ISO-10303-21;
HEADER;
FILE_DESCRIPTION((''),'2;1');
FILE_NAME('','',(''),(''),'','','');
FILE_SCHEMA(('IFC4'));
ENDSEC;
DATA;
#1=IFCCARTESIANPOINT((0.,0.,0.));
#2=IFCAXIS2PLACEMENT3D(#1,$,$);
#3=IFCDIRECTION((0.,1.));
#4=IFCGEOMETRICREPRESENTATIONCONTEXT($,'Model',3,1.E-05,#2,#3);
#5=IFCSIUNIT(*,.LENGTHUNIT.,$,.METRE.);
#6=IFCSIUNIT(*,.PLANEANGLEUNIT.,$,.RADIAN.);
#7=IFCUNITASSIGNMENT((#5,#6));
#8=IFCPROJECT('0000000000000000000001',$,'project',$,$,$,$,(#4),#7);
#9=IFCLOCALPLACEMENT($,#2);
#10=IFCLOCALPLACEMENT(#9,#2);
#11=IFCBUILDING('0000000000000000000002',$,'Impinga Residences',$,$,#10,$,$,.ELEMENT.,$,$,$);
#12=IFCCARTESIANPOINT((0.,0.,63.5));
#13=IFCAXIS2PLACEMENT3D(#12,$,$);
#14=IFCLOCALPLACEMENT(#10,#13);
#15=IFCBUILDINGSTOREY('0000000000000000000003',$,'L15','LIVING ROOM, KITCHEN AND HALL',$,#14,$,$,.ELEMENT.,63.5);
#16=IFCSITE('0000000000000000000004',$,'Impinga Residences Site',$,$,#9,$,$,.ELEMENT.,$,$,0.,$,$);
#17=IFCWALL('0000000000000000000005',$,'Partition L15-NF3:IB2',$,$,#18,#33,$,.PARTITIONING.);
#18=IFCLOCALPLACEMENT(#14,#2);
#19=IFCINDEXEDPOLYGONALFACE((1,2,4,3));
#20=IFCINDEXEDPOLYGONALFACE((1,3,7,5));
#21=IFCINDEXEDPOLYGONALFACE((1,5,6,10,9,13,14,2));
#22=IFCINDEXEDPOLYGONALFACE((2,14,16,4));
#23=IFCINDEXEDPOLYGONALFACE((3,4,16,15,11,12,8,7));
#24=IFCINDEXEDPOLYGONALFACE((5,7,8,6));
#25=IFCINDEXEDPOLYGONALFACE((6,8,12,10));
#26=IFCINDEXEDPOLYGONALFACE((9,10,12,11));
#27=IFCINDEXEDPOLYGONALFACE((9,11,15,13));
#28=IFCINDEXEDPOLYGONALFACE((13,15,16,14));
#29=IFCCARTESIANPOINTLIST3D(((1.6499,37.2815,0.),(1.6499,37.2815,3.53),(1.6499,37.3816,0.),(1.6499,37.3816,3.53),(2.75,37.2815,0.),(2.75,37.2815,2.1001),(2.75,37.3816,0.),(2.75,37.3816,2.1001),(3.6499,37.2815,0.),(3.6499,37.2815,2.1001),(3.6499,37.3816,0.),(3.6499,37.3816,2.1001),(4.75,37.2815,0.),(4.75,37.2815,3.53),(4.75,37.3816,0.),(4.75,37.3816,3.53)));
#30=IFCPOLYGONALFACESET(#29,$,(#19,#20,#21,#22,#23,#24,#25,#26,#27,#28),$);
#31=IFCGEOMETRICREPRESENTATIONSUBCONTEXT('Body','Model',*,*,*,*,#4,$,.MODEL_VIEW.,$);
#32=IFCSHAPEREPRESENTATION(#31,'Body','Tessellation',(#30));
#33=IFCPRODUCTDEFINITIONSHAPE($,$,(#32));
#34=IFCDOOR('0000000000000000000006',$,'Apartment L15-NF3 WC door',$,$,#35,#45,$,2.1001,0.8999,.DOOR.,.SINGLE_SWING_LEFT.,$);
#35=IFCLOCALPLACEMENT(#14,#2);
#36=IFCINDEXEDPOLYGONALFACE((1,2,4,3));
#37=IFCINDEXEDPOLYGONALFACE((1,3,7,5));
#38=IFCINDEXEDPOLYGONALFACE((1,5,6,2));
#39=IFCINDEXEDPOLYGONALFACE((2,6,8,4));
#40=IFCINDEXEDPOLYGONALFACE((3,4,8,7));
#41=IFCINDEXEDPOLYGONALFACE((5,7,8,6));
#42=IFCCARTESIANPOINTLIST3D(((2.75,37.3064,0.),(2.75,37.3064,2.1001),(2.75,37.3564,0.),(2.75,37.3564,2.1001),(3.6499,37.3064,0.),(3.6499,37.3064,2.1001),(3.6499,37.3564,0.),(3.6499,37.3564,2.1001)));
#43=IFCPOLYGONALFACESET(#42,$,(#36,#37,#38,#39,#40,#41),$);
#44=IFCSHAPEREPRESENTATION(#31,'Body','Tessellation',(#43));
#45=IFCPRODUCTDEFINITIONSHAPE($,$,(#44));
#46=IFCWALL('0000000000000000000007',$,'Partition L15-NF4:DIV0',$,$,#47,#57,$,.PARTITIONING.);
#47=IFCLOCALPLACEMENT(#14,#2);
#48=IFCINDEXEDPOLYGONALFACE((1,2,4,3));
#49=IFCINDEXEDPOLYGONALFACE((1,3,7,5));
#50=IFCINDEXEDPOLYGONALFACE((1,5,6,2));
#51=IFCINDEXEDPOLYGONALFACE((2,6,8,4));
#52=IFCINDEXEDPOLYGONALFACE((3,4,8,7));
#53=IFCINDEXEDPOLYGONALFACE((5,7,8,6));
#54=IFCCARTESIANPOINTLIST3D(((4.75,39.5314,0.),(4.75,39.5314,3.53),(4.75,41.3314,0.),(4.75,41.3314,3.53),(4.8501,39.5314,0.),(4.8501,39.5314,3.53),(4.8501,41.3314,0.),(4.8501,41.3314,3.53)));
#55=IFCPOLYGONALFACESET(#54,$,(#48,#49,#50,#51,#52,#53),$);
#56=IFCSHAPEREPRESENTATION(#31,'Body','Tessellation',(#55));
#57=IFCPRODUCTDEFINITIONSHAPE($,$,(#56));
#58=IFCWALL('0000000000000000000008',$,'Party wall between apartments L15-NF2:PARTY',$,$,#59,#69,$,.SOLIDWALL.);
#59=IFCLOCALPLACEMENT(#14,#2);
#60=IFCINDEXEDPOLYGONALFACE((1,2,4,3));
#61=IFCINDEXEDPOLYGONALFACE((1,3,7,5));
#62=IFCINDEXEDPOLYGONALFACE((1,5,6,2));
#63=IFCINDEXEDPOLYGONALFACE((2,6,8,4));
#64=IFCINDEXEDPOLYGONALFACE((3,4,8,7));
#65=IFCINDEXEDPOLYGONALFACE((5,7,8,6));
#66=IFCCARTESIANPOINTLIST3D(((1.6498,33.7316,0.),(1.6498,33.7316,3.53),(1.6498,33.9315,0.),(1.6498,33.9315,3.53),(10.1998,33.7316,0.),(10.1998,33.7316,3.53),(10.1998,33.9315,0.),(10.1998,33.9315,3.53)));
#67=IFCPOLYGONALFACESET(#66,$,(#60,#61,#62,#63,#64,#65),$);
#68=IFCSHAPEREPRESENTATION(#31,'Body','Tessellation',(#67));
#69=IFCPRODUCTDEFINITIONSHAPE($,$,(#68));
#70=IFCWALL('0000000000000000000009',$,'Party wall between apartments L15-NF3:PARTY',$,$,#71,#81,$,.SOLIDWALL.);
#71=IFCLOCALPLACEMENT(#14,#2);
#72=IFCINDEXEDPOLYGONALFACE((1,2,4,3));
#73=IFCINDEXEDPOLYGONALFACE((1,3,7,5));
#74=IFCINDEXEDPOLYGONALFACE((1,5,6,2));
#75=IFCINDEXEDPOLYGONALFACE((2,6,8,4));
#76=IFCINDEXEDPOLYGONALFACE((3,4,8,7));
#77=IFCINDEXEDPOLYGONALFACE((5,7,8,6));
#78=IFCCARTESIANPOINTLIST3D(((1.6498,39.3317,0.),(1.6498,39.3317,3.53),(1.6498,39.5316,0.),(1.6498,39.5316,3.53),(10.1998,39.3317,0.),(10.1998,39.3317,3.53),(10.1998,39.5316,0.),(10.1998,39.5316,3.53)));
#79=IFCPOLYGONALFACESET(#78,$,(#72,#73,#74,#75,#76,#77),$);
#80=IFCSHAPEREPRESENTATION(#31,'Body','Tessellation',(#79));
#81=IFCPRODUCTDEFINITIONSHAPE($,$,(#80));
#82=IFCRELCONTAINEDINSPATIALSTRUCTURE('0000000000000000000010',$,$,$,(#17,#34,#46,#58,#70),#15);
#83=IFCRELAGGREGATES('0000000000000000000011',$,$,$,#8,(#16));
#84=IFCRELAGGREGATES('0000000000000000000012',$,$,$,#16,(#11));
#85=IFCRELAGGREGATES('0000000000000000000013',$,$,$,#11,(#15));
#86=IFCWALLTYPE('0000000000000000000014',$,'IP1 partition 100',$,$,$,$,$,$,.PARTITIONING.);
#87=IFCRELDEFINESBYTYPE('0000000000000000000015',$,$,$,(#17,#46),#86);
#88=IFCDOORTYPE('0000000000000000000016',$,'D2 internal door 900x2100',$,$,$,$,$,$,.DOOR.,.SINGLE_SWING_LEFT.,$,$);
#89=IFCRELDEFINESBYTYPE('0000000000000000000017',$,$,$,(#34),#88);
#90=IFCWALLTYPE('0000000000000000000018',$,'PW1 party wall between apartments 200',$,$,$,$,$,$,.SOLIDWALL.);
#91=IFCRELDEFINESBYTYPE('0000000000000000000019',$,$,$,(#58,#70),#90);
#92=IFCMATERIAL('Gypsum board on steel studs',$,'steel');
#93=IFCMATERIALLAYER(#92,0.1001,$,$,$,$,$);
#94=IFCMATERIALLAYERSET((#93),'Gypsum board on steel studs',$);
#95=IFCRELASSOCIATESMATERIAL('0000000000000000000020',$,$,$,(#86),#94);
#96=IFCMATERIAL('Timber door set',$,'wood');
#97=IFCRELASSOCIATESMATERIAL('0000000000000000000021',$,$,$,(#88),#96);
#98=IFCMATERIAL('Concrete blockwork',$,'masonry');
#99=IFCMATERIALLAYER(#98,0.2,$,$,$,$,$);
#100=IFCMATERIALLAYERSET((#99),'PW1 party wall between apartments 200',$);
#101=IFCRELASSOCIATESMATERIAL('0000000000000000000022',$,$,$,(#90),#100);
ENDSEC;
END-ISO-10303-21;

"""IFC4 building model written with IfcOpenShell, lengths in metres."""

from ifc_helpers import new_model, si_unit, direction, frame, frame_2d, origin, place, context, subcontext, project, spatial, rectangle, extrude, material, layer, layer_set, type_object, element, fill, save


model = new_model("IFC4")

# Units and contexts
model_context = context("Model", 3, precision=1e-05, world=origin(), true_north=direction((0.0, 1.0)))
body_context = subcontext(model_context, "Body", "Model", "MODEL_VIEW")
ifc_project = project(units=[si_unit("LENGTHUNIT", "METRE"), si_unit("PLANEANGLEUNIT", "RADIAN")], contexts=[model_context])

# Site, building, storey
site_placement = place(None, origin())
site = spatial("IfcSite", under=ifc_project, at=site_placement, Name="Impinga Residences Site", CompositionType="ELEMENT", RefElevation=0.0)
building_placement = place(site_placement, origin())
building = spatial("IfcBuilding", under=site, at=building_placement, Name="Impinga Residences", CompositionType="ELEMENT")
storey_placement = place(building_placement, frame((0.0, 0.0, 63.5)))
storey = spatial("IfcBuildingStorey", under=building, at=storey_placement, Name="L15", Description="LIVING ROOM, KITCHEN AND HALL", CompositionType="ELEMENT", Elevation=63.5)

# Shared definitions
ifc_material_1 = material(Name="Gypsum board on steel studs", Category="steel")
ifc_layer_1 = layer(ifc_material_1, 0.1001)
ifc_layer_set_1 = layer_set([ifc_layer_1], Name="Gypsum board on steel studs")
wall_type_1 = type_object("IfcWallType", Name="IP1 partition 100", PredefinedType="PARTITIONING", material=ifc_layer_set_1)

# Shared definitions
ifc_material_2 = material(Name="Timber door set", Category="wood")
door_type = type_object("IfcDoorType", Name="D2 internal door 900x2100", OperationType="SINGLE_SWING_LEFT", PredefinedType="DOOR", material=ifc_material_2)

# Wall, opening, door
wall_1_placement = place(storey_placement, frame((1.6499, 37.3315, 0.0), z_axis=(0.0, 0.0, 1.0), x_axis=(1.0, 0.0, 0.0)))
wall_1 = element("IfcWall", 1, at=wall_1_placement, inside=storey, type_object=wall_type_1, Name="Partition L15-NF3:IB2", PredefinedType="PARTITIONING", context=body_context, shape_type="SweptSolid", body=[
    extrude(rectangle(XDim=3.1001, YDim=0.1001, at=frame_2d((1.55, 0.0))), origin(), (0.0, 0.0, 1.0), 3.53),
])
opening_1_placement = place(wall_1_placement, frame((1.1001, 0.0, 0.0)))
opening_1 = element("IfcOpeningElement", 2, at=opening_1_placement, cuts=wall_1, PredefinedType="OPENING", context=body_context, shape_type="SweptSolid", body=[
    extrude(rectangle(XDim=0.8999, YDim=2.1001, at=frame_2d((0.45, 1.05))), frame((0.0, 0.0601, 0.0), z_axis=(0.0, -1.0, 0.0), x_axis=(1.0, 0.0, 0.0)), (0.0, 0.0, 1.0), 0.1201),
])
door_1_placement = place(opening_1_placement, origin())
door_1 = element("IfcDoor", 3, at=door_1_placement, inside=storey, type_object=door_type, Name="Apartment L15-NF3 WC door", OperationType="SINGLE_SWING_LEFT", OverallHeight=2.1001, OverallWidth=0.8999, PredefinedType="DOOR", context=body_context, shape_type="SweptSolid", body=[
    extrude(rectangle(XDim=0.8999, YDim=2.1001, at=frame_2d((0.45, 1.05))), frame((0.0, 0.0249, 0.0), z_axis=(0.0, -1.0, 0.0), x_axis=(1.0, 0.0, 0.0)), (0.0, 0.0, 1.0), 0.05),
])
fill(opening_1, door_1)

# Walls
wall_2_placement = place(storey_placement, frame((4.8, 39.5315, 0.0), z_axis=(0.0, 0.0, 1.0), x_axis=(0.0, 1.0, 0.0)))
element("IfcWall", 4, at=wall_2_placement, inside=storey, type_object=wall_type_1, Name="Partition L15-NF4:DIV0", PredefinedType="PARTITIONING", context=body_context, shape_type="SweptSolid", body=[
    extrude(rectangle(XDim=1.8, YDim=0.1001, at=frame_2d((0.8999, 0.0))), origin(), (0.0, 0.0, 1.0), 3.53),
])
ifc_material_3 = material(Name="Concrete blockwork", Category="masonry")
ifc_layer_2 = layer(ifc_material_3, 0.2)
ifc_layer_set_2 = layer_set([ifc_layer_2], Name="PW1 party wall between apartments 200")
wall_type_2 = type_object("IfcWallType", Name="PW1 party wall between apartments 200", PredefinedType="SOLIDWALL", material=ifc_layer_set_2)
for number, where, z_axis, x_axis, name in (
    (5, (1.6499, 33.8315, 0.0), (0.0, 0.0, 1.0), (1.0, 0.0, 0.0), "Party wall between apartments L15-NF2:PARTY"),
    (6, (1.6499, 39.4316, 0.0), (0.0, 0.0, 1.0), (1.0, 0.0, 0.0), "Party wall between apartments L15-NF3:PARTY"),
):
    element("IfcWall", number, at=place(storey_placement, frame(where, z_axis=z_axis, x_axis=x_axis)), inside=storey, type_object=wall_type_2, Name=name, PredefinedType="SOLIDWALL", context=body_context, shape_type="SweptSolid", body=[
        extrude(rectangle(XDim=8.55, YDim=0.2, at=frame_2d((4.2749, 0.0))), origin(), (0.0, 0.0, 1.0), 3.53),
    ])

save(model, "model.ifc")
